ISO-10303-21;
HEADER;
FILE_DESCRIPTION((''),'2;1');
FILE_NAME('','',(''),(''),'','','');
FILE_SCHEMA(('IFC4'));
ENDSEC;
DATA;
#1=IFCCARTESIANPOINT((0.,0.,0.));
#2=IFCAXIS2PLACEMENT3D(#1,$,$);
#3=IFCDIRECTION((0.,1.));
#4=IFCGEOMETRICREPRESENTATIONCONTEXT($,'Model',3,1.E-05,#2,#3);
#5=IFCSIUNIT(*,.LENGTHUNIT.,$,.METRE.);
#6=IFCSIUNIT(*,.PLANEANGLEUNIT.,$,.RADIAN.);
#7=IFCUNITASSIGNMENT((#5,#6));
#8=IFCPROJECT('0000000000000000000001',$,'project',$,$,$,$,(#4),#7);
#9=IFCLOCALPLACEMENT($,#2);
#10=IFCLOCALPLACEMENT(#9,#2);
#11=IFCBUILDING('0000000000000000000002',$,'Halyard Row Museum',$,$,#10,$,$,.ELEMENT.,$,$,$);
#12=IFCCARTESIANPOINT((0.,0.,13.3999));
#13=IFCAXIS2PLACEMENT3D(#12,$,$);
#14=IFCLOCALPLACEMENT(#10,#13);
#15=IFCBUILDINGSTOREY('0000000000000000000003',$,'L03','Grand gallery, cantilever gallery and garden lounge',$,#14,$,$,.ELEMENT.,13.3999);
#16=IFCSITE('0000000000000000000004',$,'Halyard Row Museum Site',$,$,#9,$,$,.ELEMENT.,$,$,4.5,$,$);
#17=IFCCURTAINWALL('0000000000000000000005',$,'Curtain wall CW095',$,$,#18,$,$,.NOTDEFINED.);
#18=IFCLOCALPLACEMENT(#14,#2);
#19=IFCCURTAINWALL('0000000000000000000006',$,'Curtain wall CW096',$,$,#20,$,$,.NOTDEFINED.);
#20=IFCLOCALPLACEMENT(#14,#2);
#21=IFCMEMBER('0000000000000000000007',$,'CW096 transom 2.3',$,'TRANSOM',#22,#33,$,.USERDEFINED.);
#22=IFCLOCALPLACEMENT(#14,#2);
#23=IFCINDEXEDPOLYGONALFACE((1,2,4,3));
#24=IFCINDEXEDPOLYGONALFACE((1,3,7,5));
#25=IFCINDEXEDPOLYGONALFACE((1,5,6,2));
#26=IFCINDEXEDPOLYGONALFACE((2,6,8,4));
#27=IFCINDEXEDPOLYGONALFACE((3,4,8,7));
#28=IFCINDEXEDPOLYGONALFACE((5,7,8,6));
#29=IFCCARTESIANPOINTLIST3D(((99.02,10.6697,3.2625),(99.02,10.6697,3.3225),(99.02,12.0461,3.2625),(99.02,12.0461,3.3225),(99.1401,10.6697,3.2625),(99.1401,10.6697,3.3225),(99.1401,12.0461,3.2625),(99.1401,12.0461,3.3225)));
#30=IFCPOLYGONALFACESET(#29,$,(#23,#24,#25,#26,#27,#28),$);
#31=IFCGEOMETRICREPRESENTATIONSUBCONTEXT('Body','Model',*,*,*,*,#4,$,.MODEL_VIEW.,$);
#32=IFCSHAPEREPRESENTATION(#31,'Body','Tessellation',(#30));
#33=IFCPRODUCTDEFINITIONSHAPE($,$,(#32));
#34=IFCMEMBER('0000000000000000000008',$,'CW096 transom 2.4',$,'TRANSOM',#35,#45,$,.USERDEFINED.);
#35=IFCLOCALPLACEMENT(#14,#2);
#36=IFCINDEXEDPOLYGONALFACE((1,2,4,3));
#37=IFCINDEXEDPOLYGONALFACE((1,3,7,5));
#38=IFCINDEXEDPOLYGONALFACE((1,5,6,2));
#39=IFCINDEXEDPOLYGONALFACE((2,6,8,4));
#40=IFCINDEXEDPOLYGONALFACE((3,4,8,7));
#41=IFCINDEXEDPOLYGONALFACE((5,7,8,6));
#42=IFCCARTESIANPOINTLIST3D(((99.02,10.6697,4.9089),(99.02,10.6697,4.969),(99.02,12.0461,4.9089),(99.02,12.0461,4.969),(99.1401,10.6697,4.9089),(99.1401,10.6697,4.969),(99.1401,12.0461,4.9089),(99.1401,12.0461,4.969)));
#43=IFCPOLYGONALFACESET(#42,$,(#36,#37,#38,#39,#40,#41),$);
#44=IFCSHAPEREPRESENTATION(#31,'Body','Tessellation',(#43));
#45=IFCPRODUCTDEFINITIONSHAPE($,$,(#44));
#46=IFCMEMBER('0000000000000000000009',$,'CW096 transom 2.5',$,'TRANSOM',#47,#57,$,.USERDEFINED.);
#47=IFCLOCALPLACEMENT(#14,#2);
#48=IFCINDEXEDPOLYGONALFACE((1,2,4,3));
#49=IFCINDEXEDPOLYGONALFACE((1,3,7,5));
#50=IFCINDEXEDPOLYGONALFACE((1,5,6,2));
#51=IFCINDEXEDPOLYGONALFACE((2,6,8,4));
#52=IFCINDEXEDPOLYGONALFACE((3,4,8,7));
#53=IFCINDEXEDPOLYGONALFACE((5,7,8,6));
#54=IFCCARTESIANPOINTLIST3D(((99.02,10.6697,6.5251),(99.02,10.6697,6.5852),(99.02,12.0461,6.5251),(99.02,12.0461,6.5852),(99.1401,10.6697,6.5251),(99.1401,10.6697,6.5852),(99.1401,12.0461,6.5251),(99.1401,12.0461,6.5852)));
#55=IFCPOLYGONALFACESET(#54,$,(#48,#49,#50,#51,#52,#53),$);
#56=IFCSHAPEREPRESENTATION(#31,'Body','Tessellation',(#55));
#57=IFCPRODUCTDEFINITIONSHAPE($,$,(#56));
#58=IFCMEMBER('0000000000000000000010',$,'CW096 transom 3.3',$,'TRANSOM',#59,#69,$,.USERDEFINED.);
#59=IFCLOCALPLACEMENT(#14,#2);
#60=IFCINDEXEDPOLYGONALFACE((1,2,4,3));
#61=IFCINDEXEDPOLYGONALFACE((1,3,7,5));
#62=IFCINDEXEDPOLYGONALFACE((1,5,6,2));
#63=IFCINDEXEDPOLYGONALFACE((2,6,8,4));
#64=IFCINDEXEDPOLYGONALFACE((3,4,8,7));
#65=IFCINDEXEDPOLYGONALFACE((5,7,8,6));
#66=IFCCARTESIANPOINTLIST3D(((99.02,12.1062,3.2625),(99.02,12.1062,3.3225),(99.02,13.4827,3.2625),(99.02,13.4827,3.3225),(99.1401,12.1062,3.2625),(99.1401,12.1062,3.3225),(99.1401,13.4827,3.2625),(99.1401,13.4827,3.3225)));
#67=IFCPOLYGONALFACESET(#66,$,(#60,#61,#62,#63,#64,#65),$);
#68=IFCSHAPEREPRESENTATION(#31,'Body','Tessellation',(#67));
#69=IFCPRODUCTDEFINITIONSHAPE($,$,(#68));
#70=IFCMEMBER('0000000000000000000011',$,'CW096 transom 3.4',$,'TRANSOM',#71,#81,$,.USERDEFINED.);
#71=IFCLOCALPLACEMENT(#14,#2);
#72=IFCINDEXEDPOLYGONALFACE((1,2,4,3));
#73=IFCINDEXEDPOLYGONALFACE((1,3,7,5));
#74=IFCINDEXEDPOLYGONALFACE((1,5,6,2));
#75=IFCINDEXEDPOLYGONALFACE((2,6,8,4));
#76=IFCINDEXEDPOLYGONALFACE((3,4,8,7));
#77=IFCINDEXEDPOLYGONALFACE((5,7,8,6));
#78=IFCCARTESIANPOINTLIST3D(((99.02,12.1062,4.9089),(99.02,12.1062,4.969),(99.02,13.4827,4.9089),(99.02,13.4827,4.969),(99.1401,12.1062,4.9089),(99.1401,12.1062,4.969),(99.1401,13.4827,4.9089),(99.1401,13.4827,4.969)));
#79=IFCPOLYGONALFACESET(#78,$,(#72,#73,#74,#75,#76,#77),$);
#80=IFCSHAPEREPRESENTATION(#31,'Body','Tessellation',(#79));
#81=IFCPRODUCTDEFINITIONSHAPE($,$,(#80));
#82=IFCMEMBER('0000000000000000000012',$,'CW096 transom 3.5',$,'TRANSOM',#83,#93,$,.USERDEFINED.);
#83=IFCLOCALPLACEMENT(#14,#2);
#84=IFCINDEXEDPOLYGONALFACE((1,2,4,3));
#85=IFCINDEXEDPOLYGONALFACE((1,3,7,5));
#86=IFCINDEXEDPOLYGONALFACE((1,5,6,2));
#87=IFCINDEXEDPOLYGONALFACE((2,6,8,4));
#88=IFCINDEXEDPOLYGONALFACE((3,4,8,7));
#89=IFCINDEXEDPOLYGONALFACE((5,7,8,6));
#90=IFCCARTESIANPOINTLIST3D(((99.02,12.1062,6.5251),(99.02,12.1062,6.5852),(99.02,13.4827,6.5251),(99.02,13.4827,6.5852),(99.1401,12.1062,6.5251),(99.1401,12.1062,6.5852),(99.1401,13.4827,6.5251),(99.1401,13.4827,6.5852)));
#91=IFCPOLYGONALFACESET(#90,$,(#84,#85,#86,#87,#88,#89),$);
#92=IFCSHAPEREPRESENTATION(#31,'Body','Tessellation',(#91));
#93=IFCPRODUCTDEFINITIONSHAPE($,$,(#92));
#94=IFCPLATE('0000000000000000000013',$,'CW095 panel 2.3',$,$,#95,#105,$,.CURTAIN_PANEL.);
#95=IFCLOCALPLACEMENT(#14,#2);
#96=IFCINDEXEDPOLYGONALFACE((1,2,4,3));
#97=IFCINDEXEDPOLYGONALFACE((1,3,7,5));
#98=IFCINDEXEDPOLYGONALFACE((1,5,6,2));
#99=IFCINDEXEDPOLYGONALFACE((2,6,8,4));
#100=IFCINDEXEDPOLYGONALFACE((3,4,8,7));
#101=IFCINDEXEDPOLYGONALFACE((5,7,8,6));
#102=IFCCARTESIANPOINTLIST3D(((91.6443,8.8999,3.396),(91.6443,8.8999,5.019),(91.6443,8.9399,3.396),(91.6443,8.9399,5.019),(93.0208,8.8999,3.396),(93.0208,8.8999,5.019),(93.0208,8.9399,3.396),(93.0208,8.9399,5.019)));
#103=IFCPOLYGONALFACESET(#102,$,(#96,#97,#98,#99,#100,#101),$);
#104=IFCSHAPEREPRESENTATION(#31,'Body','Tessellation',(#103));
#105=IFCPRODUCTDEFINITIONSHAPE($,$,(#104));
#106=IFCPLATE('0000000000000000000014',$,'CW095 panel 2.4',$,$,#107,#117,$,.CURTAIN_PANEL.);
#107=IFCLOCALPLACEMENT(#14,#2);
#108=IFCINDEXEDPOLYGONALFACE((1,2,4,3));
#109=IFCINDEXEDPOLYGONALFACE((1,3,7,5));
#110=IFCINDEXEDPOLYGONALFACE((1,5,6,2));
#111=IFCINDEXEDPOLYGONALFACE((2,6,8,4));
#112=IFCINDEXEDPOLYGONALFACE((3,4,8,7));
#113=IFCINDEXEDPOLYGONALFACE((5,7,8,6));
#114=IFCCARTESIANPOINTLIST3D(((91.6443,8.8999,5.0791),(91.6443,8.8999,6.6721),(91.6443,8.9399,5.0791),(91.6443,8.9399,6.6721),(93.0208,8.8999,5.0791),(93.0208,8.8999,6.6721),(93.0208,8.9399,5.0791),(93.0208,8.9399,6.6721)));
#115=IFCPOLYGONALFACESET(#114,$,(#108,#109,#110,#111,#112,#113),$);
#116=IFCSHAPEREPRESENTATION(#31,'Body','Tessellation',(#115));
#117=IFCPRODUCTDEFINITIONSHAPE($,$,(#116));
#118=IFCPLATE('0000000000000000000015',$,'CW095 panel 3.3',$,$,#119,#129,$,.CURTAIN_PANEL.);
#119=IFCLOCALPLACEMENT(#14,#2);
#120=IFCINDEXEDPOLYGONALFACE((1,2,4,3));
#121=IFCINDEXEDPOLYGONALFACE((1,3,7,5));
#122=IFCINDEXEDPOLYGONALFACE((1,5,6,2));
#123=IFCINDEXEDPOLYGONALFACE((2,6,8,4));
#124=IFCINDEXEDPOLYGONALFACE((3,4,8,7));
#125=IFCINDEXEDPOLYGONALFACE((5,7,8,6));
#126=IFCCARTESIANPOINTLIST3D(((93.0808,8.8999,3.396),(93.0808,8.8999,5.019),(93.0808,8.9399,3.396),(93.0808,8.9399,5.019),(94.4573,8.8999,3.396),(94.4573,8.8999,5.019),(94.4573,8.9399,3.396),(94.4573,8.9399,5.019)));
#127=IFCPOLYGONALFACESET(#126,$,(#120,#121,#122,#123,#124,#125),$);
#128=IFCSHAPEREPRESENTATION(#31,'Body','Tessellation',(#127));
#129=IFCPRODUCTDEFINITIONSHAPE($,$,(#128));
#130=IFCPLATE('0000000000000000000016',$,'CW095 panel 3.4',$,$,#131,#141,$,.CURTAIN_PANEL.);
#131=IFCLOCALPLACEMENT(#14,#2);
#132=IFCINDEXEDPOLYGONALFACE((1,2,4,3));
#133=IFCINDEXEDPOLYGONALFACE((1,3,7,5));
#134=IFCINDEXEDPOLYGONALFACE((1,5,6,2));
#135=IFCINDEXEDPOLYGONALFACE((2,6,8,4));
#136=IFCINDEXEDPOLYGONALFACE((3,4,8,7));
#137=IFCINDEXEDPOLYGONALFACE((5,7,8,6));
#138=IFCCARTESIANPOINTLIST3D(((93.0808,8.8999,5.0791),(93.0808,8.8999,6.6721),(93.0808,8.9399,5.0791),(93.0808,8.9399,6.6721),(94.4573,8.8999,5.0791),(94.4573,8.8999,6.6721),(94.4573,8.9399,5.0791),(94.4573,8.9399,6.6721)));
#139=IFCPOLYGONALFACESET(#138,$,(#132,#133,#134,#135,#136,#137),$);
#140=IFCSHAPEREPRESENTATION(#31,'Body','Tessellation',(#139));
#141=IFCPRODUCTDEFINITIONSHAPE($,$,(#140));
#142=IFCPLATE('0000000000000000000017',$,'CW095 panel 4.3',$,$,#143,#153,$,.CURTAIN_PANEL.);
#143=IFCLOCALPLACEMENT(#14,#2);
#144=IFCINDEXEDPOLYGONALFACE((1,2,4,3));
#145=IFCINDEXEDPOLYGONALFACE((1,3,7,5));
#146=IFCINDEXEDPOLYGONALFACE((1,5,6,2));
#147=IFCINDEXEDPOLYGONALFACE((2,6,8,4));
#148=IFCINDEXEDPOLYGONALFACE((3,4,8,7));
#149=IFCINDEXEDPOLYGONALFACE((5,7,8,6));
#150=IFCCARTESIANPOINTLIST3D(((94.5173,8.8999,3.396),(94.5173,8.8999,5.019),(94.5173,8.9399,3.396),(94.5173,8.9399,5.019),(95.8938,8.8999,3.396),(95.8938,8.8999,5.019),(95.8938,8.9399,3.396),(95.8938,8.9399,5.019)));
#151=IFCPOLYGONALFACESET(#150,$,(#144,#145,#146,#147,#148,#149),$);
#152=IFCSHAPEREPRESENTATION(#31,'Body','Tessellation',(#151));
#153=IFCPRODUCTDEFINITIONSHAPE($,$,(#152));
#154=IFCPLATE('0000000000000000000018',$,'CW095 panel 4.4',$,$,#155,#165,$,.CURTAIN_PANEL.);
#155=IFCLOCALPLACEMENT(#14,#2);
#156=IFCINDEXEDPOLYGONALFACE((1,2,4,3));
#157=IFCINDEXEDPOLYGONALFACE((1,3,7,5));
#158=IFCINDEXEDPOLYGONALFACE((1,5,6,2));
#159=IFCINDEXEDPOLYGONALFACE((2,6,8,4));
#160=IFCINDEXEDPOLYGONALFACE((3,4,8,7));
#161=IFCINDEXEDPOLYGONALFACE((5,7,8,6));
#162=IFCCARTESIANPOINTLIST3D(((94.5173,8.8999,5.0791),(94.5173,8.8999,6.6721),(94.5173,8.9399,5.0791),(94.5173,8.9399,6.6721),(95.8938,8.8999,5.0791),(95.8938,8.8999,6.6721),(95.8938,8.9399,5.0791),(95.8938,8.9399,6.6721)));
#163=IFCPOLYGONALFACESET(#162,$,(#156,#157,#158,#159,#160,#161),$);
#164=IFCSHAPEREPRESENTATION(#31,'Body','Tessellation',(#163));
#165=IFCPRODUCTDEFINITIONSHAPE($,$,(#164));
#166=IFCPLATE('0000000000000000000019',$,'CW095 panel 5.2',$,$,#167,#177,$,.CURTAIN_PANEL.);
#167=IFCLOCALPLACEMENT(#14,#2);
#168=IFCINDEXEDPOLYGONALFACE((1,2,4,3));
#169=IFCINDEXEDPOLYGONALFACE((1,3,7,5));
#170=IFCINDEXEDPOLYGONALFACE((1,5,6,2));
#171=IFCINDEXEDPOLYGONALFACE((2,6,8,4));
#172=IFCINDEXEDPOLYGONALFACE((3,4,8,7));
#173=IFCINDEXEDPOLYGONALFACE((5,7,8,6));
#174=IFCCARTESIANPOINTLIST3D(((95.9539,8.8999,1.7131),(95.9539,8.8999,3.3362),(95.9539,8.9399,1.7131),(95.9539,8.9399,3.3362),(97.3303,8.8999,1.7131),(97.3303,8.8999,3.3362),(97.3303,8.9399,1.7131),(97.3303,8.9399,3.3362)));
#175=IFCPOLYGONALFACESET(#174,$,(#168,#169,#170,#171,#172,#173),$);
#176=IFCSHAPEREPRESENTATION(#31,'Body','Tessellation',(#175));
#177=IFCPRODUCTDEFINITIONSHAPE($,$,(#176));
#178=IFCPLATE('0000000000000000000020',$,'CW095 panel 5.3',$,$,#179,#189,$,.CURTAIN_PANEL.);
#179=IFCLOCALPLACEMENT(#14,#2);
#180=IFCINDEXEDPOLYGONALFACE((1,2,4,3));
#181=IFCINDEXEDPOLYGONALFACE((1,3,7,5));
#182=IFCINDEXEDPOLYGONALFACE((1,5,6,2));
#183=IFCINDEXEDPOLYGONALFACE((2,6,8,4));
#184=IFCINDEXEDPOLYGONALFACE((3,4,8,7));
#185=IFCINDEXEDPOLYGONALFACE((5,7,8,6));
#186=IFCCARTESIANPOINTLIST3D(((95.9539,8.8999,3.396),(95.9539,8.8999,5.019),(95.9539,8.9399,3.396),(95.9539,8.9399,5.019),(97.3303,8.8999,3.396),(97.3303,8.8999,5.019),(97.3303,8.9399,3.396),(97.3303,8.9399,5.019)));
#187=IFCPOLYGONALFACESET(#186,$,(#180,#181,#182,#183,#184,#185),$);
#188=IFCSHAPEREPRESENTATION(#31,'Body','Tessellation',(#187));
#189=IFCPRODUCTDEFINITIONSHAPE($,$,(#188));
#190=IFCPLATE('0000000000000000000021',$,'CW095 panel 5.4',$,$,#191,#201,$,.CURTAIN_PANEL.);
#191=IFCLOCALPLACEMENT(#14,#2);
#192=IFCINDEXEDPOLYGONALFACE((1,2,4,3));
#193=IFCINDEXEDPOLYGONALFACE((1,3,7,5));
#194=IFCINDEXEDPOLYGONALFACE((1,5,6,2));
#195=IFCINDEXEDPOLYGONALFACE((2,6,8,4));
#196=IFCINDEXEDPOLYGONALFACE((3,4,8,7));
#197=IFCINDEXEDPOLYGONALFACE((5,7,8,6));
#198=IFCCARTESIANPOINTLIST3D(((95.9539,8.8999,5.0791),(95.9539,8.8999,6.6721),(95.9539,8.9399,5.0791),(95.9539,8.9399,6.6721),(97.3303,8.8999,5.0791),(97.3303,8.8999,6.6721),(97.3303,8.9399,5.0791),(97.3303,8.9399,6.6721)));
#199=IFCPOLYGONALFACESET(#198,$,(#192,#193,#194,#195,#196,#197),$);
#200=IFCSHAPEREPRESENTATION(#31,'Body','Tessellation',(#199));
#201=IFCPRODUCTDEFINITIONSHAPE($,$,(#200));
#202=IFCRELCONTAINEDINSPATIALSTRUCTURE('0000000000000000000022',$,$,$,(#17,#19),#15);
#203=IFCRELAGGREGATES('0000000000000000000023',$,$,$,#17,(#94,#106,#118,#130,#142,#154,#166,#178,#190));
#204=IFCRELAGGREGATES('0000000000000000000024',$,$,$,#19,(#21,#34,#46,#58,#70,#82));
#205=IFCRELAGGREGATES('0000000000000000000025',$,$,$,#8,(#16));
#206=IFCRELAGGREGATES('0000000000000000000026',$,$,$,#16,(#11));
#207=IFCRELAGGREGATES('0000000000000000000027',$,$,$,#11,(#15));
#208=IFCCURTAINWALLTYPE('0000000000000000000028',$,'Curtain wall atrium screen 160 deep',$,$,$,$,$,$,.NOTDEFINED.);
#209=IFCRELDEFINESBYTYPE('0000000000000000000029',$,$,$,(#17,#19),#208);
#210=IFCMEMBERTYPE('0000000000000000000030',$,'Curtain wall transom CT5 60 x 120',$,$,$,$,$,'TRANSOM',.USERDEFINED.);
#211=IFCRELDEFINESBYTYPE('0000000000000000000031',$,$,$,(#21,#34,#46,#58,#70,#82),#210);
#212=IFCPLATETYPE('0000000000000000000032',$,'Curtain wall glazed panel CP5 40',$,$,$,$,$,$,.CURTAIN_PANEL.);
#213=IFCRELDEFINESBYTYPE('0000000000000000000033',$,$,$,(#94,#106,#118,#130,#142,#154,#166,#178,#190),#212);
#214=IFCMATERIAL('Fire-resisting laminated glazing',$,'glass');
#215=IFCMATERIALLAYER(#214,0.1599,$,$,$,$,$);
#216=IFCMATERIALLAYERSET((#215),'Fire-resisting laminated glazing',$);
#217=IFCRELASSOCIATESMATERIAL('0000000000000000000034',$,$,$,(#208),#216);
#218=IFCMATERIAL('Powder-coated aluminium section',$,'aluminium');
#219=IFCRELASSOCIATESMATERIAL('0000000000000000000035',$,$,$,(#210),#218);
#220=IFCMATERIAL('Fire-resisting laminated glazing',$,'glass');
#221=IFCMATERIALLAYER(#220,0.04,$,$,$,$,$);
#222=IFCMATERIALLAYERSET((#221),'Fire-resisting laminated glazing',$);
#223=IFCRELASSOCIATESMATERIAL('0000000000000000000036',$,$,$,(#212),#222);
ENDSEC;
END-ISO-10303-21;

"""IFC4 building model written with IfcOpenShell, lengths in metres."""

from ifc_helpers import new_model, si_unit, direction, frame, origin, origin_2d, place, context, subcontext, project, spatial, rectangle, extrude, material, layer, layer_set, material_profile, profile_set, type_object, element, aggregate, save


model = new_model("IFC4")

# Units and contexts
model_context = context("Model", 3, precision=1e-05, world=origin(), true_north=direction((0.0, 1.0)))
body_context = subcontext(model_context, "Body", "Model", "MODEL_VIEW")
ifc_project = project(units=[si_unit("LENGTHUNIT", "METRE"), si_unit("PLANEANGLEUNIT", "RADIAN")], contexts=[model_context])

# Site, building, storey
site_placement = place(None, origin())
site = spatial("IfcSite", under=ifc_project, at=site_placement, Name="Halyard Row Museum Site", CompositionType="ELEMENT", RefElevation=4.5)
building_placement = place(site_placement, origin())
building = spatial("IfcBuilding", under=site, at=building_placement, Name="Halyard Row Museum", CompositionType="ELEMENT")
storey_placement = place(building_placement, frame((0.0, 0.0, 13.3999)))
storey = spatial("IfcBuildingStorey", under=building, at=storey_placement, Name="L03", Description="Grand gallery, cantilever gallery and garden lounge", CompositionType="ELEMENT", Elevation=13.3999)

# Curtain walls, members
ifc_material_1 = material(Name="Fire-resisting laminated glazing", Category="glass")
ifc_layer_1 = layer(ifc_material_1, 0.1599)
ifc_layer_set_1 = layer_set([ifc_layer_1], Name="Fire-resisting laminated glazing")
curtain_wall_type = type_object("IfcCurtainWallType", Name="Curtain wall atrium screen 160 deep", PredefinedType="NOTDEFINED", material=ifc_layer_set_1)
curtain_wall_1_placement = place(storey_placement, origin())
curtain_wall_1 = element("IfcCurtainWall", 1, at=curtain_wall_1_placement, inside=storey, type_object=curtain_wall_type, Name="Curtain wall CW095", PredefinedType="NOTDEFINED")
ifc_material_2 = material(Name="Powder-coated aluminium section", Category="aluminium")
ifc_material_profile = material_profile(ifc_material_2, rectangle(XDim=0.1201, YDim=0.0601, at=origin_2d()), Name="120x60 transom")
ifc_profile_set = profile_set([ifc_material_profile], Name="Powder-coated aluminium section")
member_type = type_object("IfcMemberType", Name="Curtain wall transom CT5 60 x 120", ElementType="TRANSOM", PredefinedType="USERDEFINED", material=ifc_profile_set)
curtain_wall_2_placement = place(storey_placement, origin())
curtain_wall_2 = element("IfcCurtainWall", 2, at=curtain_wall_2_placement, inside=storey, type_object=curtain_wall_type, Name="Curtain wall CW096", PredefinedType="NOTDEFINED")
member_1_placement = place(storey_placement, frame((99.0801, 10.6697, 3.2925), z_axis=(0.0, 1.0, 0.0), x_axis=(-1.0, 0.0, 0.0)))
member_1 = element("IfcMember", 3, at=member_1_placement, type_object=member_type, Name="CW096 transom 2.3", ObjectType="TRANSOM", PredefinedType="USERDEFINED", context=body_context, shape_type="SweptSolid", body=[
    extrude(rectangle(XDim=0.1201, YDim=0.0601, at=origin_2d()), origin(), (0.0, 0.0, 1.0), 1.3765),
])
member_2_placement = place(storey_placement, frame((99.0801, 10.6697, 4.939), z_axis=(0.0, 1.0, 0.0), x_axis=(-1.0, 0.0, 0.0)))
member_2 = element("IfcMember", 4, at=member_2_placement, type_object=member_type, Name="CW096 transom 2.4", ObjectType="TRANSOM", PredefinedType="USERDEFINED", context=body_context, shape_type="SweptSolid", body=[
    extrude(rectangle(XDim=0.1201, YDim=0.0601, at=origin_2d()), origin(), (0.0, 0.0, 1.0), 1.3765),
])
member_3_placement = place(storey_placement, frame((99.0801, 10.6697, 6.5552), z_axis=(0.0, 1.0, 0.0), x_axis=(-1.0, 0.0, 0.0)))
member_3 = element("IfcMember", 5, at=member_3_placement, type_object=member_type, Name="CW096 transom 2.5", ObjectType="TRANSOM", PredefinedType="USERDEFINED", context=body_context, shape_type="SweptSolid", body=[
    extrude(rectangle(XDim=0.1201, YDim=0.0601, at=origin_2d()), origin(), (0.0, 0.0, 1.0), 1.3765),
])
member_4_placement = place(storey_placement, frame((99.0801, 12.1062, 3.2925), z_axis=(0.0, 1.0, 0.0), x_axis=(-1.0, 0.0, 0.0)))
member_4 = element("IfcMember", 6, at=member_4_placement, type_object=member_type, Name="CW096 transom 3.3", ObjectType="TRANSOM", PredefinedType="USERDEFINED", context=body_context, shape_type="SweptSolid", body=[
    extrude(rectangle(XDim=0.1201, YDim=0.0601, at=origin_2d()), origin(), (0.0, 0.0, 1.0), 1.3765),
])
member_5_placement = place(storey_placement, frame((99.0801, 12.1062, 4.939), z_axis=(0.0, 1.0, 0.0), x_axis=(-1.0, 0.0, 0.0)))
member_5 = element("IfcMember", 7, at=member_5_placement, type_object=member_type, Name="CW096 transom 3.4", ObjectType="TRANSOM", PredefinedType="USERDEFINED", context=body_context, shape_type="SweptSolid", body=[
    extrude(rectangle(XDim=0.1201, YDim=0.0601, at=origin_2d()), origin(), (0.0, 0.0, 1.0), 1.3765),
])
member_6_placement = place(storey_placement, frame((99.0801, 12.1062, 6.5552), z_axis=(0.0, 1.0, 0.0), x_axis=(-1.0, 0.0, 0.0)))
member_6 = element("IfcMember", 8, at=member_6_placement, type_object=member_type, Name="CW096 transom 3.5", ObjectType="TRANSOM", PredefinedType="USERDEFINED", context=body_context, shape_type="SweptSolid", body=[
    extrude(rectangle(XDim=0.1201, YDim=0.0601, at=origin_2d()), origin(), (0.0, 0.0, 1.0), 1.3765),
])

# Plates
ifc_material_3 = material(Name="Fire-resisting laminated glazing", Category="glass")
ifc_layer_2 = layer(ifc_material_3, 0.04)
ifc_layer_set_2 = layer_set([ifc_layer_2], Name="Fire-resisting laminated glazing")
plate_type = type_object("IfcPlateType", Name="Curtain wall glazed panel CP5 40", PredefinedType="CURTAIN_PANEL", material=ifc_layer_set_2)
plate_1_placement = place(storey_placement, frame((92.3325, 8.9199, 3.396), z_axis=(0.0, 0.0, 1.0), x_axis=(1.0, 0.0, 0.0)))
plate_1 = element("IfcPlate", 9, at=plate_1_placement, type_object=plate_type, Name="CW095 panel 2.3", PredefinedType="CURTAIN_PANEL", context=body_context, shape_type="SweptSolid", body=[
    extrude(rectangle(XDim=1.3765, YDim=0.04, at=origin_2d()), origin(), (0.0, 0.0, 1.0), 1.623),
])
plate_2_placement = place(storey_placement, frame((92.3325, 8.9199, 5.0791), z_axis=(0.0, 0.0, 1.0), x_axis=(1.0, 0.0, 0.0)))
plate_2 = element("IfcPlate", 10, at=plate_2_placement, type_object=plate_type, Name="CW095 panel 2.4", PredefinedType="CURTAIN_PANEL", context=body_context, shape_type="SweptSolid", body=[
    extrude(rectangle(XDim=1.3765, YDim=0.04, at=origin_2d()), origin(), (0.0, 0.0, 1.0), 1.593),
])
plate_3_placement = place(storey_placement, frame((93.769, 8.9199, 3.396), z_axis=(0.0, 0.0, 1.0), x_axis=(1.0, 0.0, 0.0)))
plate_3 = element("IfcPlate", 11, at=plate_3_placement, type_object=plate_type, Name="CW095 panel 3.3", PredefinedType="CURTAIN_PANEL", context=body_context, shape_type="SweptSolid", body=[
    extrude(rectangle(XDim=1.3765, YDim=0.04, at=origin_2d()), origin(), (0.0, 0.0, 1.0), 1.623),
])
plate_4_placement = place(storey_placement, frame((93.769, 8.9199, 5.0791), z_axis=(0.0, 0.0, 1.0), x_axis=(1.0, 0.0, 0.0)))
plate_4 = element("IfcPlate", 12, at=plate_4_placement, type_object=plate_type, Name="CW095 panel 3.4", PredefinedType="CURTAIN_PANEL", context=body_context, shape_type="SweptSolid", body=[
    extrude(rectangle(XDim=1.3765, YDim=0.04, at=origin_2d()), origin(), (0.0, 0.0, 1.0), 1.593),
])
plate_5_placement = place(storey_placement, frame((95.2056, 8.9199, 3.396), z_axis=(0.0, 0.0, 1.0), x_axis=(1.0, 0.0, 0.0)))
plate_5 = element("IfcPlate", 13, at=plate_5_placement, type_object=plate_type, Name="CW095 panel 4.3", PredefinedType="CURTAIN_PANEL", context=body_context, shape_type="SweptSolid", body=[
    extrude(rectangle(XDim=1.3765, YDim=0.04, at=origin_2d()), origin(), (0.0, 0.0, 1.0), 1.623),
])
plate_6_placement = place(storey_placement, frame((95.2056, 8.9199, 5.0791), z_axis=(0.0, 0.0, 1.0), x_axis=(1.0, 0.0, 0.0)))
plate_6 = element("IfcPlate", 14, at=plate_6_placement, type_object=plate_type, Name="CW095 panel 4.4", PredefinedType="CURTAIN_PANEL", context=body_context, shape_type="SweptSolid", body=[
    extrude(rectangle(XDim=1.3765, YDim=0.04, at=origin_2d()), origin(), (0.0, 0.0, 1.0), 1.593),
])
plate_7_placement = place(storey_placement, frame((96.6421, 8.9199, 1.7131), z_axis=(0.0, 0.0, 1.0), x_axis=(1.0, 0.0, 0.0)))
plate_7 = element("IfcPlate", 15, at=plate_7_placement, type_object=plate_type, Name="CW095 panel 5.2", PredefinedType="CURTAIN_PANEL", context=body_context, shape_type="SweptSolid", body=[
    extrude(rectangle(XDim=1.3765, YDim=0.04, at=origin_2d()), origin(), (0.0, 0.0, 1.0), 1.623),
])
plate_8_placement = place(storey_placement, frame((96.6421, 8.9199, 3.396), z_axis=(0.0, 0.0, 1.0), x_axis=(1.0, 0.0, 0.0)))
plate_8 = element("IfcPlate", 16, at=plate_8_placement, type_object=plate_type, Name="CW095 panel 5.3", PredefinedType="CURTAIN_PANEL", context=body_context, shape_type="SweptSolid", body=[
    extrude(rectangle(XDim=1.3765, YDim=0.04, at=origin_2d()), origin(), (0.0, 0.0, 1.0), 1.623),
])
plate_9_placement = place(storey_placement, frame((96.6421, 8.9199, 5.0791), z_axis=(0.0, 0.0, 1.0), x_axis=(1.0, 0.0, 0.0)))
plate_9 = element("IfcPlate", 17, at=plate_9_placement, type_object=plate_type, Name="CW095 panel 5.4", PredefinedType="CURTAIN_PANEL", context=body_context, shape_type="SweptSolid", body=[
    extrude(rectangle(XDim=1.3765, YDim=0.04, at=origin_2d()), origin(), (0.0, 0.0, 1.0), 1.593),
])
aggregate(curtain_wall_1, [plate_1, plate_2, plate_3, plate_4, plate_5, plate_6, plate_7, plate_8, plate_9])
aggregate(curtain_wall_2, [member_1, member_2, member_3, member_4, member_5, member_6])

save(model, "model.ifc")
